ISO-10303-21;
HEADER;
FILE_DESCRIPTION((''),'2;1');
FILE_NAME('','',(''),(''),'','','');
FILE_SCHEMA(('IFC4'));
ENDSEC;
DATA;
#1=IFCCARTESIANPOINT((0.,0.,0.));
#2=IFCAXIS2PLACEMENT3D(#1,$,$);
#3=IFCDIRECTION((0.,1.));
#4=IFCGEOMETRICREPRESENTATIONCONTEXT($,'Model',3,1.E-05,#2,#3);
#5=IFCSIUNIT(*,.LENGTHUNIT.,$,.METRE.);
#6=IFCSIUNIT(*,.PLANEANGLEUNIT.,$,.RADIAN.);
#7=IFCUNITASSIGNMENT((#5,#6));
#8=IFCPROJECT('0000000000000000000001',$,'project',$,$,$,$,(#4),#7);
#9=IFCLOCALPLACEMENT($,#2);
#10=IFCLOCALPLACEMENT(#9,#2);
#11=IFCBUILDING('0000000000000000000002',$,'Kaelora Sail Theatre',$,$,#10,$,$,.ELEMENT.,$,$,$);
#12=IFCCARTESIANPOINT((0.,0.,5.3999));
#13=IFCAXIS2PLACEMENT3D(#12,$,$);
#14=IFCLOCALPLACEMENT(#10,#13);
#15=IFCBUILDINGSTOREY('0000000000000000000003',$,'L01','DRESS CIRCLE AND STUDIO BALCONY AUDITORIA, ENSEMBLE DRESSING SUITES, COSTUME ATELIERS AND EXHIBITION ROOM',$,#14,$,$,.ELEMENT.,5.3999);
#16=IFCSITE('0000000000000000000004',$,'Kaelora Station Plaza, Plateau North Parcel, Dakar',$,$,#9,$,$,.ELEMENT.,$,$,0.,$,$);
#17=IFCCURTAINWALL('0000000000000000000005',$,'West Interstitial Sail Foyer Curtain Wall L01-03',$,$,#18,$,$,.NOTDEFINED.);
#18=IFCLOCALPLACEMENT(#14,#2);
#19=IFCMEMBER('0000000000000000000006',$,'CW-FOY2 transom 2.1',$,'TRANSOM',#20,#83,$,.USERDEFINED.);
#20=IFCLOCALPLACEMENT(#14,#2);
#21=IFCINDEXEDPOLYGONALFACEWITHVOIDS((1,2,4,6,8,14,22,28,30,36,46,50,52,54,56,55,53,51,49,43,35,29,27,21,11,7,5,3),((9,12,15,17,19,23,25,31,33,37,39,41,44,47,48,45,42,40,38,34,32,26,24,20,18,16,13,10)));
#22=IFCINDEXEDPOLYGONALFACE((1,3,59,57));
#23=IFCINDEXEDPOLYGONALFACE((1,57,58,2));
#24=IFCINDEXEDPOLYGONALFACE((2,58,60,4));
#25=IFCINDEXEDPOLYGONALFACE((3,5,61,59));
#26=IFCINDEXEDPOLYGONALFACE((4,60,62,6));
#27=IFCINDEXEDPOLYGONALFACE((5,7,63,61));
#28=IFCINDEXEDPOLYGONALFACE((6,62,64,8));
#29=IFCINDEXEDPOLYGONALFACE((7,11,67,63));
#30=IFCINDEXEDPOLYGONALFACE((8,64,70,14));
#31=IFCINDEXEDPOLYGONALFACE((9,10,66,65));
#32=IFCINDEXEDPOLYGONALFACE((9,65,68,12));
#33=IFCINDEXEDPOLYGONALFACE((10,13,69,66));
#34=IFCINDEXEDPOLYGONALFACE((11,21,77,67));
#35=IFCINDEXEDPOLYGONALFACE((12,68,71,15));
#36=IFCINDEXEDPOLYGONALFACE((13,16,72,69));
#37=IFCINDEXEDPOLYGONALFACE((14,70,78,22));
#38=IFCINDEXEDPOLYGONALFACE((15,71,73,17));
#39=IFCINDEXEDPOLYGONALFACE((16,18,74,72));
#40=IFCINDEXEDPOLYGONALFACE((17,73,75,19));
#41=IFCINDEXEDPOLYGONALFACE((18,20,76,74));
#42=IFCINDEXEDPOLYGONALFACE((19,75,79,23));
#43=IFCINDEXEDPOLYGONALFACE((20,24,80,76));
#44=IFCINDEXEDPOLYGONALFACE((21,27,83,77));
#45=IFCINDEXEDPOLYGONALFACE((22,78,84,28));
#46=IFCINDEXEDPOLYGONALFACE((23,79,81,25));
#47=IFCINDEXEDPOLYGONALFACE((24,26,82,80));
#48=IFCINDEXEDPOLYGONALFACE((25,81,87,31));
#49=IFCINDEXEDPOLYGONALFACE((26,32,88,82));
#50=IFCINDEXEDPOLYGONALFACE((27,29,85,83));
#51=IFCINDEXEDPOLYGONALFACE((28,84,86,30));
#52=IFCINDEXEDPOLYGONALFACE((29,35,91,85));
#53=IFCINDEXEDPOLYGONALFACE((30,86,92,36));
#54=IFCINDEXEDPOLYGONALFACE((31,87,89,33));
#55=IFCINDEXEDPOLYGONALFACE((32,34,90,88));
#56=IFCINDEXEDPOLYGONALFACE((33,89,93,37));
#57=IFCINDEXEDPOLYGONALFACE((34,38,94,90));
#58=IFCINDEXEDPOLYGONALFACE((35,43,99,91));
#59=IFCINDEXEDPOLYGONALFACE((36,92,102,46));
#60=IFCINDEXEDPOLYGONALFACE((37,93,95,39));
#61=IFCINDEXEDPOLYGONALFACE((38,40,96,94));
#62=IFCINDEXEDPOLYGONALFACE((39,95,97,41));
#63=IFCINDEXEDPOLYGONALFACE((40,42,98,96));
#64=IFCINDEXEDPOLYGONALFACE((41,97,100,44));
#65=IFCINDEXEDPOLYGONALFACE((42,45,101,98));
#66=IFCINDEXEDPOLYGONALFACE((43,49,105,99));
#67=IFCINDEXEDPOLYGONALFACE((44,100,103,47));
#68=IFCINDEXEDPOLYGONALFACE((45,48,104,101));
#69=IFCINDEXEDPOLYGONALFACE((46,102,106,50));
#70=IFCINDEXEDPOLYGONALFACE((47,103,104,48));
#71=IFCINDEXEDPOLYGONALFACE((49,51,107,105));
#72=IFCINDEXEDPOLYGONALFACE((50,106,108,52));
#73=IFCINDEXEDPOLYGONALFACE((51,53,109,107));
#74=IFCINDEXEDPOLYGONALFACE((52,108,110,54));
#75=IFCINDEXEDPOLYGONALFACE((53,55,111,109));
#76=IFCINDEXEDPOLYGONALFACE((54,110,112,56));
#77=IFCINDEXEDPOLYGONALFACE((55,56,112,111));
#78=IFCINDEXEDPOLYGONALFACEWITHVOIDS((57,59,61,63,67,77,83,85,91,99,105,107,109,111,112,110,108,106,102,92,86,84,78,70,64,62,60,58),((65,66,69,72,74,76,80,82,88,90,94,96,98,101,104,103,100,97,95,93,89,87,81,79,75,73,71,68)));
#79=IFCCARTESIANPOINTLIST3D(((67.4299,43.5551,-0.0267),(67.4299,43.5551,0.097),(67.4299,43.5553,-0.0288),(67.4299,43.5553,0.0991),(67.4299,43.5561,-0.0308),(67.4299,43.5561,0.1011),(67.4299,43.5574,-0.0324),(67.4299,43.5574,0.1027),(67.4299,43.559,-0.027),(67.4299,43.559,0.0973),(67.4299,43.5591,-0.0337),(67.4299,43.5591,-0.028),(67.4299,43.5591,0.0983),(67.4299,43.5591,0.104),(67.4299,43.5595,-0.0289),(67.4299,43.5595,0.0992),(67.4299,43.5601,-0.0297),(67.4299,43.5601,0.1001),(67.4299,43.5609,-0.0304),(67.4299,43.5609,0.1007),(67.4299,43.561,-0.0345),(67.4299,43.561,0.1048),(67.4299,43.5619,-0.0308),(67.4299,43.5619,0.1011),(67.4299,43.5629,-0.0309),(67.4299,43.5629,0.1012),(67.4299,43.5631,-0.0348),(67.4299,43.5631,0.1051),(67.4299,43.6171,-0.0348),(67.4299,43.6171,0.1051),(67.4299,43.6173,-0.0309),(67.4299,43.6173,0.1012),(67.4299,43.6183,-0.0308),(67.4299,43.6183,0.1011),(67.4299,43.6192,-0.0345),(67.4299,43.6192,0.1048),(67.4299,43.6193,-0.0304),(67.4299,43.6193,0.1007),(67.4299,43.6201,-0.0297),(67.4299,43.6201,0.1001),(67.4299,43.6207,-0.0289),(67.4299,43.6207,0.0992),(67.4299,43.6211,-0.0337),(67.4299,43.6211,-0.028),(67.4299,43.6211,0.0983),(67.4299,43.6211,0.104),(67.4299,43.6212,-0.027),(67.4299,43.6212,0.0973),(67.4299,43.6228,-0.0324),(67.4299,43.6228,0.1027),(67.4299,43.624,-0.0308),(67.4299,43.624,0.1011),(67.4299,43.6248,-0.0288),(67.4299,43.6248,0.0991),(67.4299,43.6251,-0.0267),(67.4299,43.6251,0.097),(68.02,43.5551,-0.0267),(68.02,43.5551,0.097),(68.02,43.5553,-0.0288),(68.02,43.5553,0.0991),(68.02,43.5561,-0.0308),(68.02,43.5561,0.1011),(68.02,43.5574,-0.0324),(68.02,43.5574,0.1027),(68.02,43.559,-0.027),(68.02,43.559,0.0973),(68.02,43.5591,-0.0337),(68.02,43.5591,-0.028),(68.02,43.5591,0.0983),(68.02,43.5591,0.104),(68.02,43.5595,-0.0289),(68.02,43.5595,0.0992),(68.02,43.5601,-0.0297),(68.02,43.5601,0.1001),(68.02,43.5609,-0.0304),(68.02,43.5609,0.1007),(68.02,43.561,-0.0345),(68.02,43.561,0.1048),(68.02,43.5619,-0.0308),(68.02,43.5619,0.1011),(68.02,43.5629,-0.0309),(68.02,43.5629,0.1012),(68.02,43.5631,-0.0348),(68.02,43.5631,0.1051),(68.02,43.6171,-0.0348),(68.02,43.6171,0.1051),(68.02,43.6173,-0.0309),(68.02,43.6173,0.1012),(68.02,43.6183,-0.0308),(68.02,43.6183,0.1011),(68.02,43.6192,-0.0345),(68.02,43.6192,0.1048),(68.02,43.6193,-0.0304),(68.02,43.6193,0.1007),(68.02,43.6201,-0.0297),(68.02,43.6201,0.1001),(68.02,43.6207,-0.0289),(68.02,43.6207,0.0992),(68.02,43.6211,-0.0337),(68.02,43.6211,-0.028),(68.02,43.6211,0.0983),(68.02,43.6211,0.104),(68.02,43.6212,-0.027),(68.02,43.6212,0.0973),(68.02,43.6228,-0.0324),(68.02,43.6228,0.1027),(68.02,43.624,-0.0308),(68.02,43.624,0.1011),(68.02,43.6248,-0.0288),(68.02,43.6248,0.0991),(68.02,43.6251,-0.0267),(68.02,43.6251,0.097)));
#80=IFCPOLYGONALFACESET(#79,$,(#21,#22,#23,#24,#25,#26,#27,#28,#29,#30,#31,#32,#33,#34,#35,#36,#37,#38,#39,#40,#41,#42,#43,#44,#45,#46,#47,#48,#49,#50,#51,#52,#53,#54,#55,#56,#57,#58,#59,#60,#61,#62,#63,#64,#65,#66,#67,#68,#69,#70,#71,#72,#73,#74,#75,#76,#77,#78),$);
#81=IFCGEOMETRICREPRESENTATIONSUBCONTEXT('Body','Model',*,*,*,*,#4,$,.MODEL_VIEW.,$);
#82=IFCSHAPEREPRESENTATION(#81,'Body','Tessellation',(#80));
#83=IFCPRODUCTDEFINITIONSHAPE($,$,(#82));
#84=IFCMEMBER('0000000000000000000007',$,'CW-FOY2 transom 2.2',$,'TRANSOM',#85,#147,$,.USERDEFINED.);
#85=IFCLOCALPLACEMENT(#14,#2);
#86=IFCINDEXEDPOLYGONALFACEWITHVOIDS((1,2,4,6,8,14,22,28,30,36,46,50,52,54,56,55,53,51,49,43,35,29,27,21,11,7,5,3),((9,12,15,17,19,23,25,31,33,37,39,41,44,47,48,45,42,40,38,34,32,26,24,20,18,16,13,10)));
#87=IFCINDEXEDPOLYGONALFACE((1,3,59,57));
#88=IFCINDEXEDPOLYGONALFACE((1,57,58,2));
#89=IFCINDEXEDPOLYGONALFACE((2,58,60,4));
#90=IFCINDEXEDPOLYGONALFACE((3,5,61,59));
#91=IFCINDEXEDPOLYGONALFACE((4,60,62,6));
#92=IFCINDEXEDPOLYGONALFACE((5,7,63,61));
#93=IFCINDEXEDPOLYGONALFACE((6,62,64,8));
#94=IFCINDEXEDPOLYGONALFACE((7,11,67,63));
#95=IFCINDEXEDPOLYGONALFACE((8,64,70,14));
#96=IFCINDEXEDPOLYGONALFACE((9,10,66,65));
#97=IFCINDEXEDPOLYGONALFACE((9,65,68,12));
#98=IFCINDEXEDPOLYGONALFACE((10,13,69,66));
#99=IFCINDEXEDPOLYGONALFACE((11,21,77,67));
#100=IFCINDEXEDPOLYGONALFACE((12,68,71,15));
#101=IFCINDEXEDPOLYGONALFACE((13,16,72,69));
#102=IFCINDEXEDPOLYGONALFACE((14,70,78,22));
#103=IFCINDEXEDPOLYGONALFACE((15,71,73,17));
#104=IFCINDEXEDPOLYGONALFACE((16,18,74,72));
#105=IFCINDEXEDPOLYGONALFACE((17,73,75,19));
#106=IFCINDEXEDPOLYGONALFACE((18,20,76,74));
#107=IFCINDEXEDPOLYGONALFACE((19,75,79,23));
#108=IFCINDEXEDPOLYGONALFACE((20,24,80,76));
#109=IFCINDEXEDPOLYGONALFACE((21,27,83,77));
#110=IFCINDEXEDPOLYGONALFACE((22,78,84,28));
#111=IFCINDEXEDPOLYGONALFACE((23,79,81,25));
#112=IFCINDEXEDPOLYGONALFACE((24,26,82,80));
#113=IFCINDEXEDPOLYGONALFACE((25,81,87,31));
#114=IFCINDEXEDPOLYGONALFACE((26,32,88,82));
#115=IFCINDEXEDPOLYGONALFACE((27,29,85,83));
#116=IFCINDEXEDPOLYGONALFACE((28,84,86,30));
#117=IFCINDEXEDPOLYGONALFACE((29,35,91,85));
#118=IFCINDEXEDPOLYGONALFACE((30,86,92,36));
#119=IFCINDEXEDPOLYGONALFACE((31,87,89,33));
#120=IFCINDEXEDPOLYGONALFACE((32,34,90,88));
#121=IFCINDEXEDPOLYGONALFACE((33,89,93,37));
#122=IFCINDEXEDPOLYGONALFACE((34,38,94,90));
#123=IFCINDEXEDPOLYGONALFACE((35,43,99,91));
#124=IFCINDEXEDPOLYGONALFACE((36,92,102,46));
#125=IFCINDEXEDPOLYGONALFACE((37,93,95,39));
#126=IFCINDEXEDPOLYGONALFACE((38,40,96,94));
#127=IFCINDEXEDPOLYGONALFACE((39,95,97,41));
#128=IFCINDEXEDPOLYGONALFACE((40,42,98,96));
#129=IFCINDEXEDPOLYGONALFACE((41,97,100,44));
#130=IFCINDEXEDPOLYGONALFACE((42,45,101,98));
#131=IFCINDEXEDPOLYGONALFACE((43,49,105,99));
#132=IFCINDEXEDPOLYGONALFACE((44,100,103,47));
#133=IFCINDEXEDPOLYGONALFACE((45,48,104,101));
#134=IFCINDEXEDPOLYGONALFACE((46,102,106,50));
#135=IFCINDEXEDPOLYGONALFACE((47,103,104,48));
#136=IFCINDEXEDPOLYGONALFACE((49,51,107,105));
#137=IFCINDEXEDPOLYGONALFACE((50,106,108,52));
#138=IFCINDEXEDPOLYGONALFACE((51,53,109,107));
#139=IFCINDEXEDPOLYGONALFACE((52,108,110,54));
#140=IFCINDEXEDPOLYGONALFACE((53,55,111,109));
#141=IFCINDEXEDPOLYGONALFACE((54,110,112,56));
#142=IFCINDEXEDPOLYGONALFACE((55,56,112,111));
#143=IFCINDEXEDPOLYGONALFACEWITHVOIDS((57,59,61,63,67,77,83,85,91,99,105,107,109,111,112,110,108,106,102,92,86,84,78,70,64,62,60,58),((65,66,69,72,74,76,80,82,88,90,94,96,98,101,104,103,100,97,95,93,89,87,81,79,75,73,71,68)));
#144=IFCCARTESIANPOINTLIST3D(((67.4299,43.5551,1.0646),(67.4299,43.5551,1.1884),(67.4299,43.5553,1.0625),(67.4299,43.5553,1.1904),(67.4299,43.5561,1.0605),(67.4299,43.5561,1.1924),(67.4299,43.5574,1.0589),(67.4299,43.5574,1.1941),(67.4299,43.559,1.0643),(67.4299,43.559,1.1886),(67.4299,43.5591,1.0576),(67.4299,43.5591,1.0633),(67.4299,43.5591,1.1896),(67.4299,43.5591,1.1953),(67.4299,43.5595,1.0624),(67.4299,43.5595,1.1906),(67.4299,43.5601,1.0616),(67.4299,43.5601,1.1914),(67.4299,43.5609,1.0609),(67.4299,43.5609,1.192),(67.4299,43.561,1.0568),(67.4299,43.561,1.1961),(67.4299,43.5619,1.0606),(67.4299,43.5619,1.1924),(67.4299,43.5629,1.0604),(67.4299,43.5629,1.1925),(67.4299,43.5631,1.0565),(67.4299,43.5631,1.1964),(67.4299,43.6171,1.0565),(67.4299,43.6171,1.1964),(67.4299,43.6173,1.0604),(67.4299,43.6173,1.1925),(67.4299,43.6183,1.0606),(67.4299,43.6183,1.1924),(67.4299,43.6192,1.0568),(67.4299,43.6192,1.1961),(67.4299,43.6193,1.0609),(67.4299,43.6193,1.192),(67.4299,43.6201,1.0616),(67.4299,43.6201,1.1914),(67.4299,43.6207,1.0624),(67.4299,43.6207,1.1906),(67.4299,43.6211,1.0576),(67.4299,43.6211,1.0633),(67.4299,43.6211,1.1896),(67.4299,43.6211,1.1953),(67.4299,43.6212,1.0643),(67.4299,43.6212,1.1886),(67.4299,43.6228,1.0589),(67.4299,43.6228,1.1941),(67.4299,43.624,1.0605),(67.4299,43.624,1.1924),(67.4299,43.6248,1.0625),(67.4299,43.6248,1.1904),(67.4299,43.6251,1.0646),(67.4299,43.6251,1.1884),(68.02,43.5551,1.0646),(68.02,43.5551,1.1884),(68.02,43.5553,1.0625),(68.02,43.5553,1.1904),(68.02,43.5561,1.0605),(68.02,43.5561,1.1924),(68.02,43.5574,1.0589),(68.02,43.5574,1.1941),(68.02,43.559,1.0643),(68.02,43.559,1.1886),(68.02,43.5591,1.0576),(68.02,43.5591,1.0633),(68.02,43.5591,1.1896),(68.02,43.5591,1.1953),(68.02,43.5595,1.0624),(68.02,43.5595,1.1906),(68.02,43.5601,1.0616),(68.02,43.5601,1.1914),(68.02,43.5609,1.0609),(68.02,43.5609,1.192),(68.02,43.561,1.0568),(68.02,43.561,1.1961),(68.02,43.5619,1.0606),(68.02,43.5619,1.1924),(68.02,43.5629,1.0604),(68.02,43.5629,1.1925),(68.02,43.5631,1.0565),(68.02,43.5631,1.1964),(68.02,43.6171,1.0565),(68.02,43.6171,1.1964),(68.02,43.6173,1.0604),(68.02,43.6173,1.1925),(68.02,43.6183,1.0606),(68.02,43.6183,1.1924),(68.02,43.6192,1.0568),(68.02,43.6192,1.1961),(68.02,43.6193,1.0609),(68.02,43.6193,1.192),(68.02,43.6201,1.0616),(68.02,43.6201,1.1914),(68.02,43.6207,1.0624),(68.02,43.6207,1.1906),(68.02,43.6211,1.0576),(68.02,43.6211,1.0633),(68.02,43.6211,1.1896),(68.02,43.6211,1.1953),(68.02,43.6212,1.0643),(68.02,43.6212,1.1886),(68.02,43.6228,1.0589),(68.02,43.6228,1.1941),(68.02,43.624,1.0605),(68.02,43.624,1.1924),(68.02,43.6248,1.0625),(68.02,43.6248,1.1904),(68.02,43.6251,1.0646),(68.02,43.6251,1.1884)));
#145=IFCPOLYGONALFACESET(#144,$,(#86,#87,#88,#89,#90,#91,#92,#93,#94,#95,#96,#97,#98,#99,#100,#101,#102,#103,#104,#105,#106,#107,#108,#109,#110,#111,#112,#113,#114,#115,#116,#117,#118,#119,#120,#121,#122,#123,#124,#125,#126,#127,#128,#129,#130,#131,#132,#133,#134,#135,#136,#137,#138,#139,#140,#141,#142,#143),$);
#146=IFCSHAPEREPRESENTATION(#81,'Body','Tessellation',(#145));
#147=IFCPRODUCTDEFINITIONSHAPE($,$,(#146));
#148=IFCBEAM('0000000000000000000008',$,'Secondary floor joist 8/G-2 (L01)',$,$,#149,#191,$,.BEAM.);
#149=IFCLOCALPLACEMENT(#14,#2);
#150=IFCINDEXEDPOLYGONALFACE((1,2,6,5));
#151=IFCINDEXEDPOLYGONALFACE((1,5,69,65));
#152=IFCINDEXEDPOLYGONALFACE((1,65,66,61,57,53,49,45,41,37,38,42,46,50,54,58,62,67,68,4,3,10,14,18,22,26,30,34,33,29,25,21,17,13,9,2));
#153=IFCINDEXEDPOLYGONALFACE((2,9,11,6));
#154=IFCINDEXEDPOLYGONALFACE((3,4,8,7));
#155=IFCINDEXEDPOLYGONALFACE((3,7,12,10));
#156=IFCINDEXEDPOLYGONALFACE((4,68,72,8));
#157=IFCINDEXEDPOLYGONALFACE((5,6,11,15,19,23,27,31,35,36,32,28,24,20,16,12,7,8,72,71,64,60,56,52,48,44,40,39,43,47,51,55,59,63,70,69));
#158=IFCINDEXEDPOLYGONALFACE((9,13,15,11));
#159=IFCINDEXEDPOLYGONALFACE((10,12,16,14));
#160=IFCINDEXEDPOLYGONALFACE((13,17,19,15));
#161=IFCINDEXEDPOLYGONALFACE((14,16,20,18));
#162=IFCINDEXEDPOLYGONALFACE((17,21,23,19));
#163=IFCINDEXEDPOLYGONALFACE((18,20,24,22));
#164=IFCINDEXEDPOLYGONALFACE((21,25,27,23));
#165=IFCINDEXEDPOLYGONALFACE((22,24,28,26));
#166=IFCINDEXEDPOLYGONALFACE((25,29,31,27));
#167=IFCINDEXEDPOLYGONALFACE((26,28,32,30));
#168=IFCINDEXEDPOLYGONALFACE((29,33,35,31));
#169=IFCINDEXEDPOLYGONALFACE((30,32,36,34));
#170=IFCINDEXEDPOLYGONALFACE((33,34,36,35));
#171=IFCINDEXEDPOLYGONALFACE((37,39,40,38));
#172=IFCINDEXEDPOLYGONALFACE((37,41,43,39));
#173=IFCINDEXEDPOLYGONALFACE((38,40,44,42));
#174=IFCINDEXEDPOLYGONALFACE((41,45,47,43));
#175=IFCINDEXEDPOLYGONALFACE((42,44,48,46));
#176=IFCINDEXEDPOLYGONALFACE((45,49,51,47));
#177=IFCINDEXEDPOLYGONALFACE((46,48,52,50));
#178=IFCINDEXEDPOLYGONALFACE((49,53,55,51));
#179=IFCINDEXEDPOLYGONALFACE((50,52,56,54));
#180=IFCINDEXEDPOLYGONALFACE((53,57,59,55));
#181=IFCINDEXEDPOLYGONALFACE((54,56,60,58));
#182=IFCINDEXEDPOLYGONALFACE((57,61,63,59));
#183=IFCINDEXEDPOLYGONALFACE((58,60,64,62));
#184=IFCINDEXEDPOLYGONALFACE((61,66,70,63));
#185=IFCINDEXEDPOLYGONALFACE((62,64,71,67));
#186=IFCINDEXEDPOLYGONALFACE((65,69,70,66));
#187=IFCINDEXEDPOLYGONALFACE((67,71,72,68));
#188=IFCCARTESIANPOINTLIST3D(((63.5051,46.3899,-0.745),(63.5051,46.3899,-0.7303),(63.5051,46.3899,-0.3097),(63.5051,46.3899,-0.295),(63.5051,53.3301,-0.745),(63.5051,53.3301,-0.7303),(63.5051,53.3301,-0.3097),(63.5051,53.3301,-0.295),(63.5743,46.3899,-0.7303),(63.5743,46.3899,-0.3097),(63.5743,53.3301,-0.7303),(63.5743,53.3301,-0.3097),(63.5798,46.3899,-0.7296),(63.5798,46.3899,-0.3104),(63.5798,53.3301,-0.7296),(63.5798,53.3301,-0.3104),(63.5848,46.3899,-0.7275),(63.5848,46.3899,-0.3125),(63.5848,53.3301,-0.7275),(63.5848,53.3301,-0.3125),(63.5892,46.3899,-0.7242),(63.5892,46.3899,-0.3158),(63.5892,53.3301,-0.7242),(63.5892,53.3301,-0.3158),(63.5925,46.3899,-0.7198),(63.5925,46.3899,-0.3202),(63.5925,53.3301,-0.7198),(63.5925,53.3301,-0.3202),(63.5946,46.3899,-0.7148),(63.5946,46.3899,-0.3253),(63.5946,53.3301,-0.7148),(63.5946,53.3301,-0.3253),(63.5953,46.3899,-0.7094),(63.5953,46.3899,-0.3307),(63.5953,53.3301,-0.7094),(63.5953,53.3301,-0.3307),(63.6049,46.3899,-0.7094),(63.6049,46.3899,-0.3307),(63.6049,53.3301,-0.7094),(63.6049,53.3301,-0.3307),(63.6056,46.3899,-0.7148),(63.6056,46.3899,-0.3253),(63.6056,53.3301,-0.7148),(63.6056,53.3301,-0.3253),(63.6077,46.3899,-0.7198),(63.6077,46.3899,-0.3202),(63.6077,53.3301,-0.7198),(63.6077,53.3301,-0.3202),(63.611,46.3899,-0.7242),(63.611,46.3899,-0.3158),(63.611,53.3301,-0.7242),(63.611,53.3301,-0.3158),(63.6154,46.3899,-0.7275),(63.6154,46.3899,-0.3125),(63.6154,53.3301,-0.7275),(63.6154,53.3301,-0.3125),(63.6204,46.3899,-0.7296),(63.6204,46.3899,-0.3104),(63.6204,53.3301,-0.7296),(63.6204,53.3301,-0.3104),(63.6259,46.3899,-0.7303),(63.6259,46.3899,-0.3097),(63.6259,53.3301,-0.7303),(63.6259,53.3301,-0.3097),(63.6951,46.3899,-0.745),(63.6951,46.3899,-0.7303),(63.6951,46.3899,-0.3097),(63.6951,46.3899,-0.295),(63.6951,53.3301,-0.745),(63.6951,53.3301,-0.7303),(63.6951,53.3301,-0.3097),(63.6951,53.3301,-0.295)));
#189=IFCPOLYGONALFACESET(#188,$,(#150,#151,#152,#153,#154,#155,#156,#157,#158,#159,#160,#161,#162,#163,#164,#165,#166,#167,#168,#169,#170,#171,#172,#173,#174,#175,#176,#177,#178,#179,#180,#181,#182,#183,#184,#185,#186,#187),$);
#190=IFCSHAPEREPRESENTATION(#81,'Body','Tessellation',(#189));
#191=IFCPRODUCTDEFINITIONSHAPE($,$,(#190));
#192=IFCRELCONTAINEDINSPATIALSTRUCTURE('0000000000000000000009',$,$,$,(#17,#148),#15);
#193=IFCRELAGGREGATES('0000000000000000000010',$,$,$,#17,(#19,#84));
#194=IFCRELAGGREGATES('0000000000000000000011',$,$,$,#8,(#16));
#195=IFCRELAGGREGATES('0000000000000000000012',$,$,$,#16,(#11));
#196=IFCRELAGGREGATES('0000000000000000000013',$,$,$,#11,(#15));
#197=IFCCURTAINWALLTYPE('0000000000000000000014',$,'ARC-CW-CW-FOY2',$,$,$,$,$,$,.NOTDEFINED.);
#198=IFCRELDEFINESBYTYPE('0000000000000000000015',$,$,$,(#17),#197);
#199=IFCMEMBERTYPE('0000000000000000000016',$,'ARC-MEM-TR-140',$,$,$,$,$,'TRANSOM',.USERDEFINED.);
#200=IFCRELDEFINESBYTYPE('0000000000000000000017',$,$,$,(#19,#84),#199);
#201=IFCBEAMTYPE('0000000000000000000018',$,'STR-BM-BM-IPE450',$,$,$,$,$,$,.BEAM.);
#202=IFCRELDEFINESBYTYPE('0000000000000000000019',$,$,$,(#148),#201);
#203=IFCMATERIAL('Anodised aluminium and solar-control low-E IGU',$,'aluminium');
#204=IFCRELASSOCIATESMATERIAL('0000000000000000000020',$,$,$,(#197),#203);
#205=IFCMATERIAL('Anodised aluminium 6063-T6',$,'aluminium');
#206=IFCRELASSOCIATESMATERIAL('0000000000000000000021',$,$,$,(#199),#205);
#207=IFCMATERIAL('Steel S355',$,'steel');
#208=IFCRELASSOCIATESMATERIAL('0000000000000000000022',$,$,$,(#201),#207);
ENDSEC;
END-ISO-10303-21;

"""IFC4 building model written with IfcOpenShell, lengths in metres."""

from ifc_helpers import new_model, si_unit, direction, frame, origin, origin_2d, place, context, subcontext, project, spatial, hollow_rectangle, i_section, extrude, material, material_profile, profile_set, type_object, element, aggregate, save


model = new_model("IFC4")

# Units and contexts
model_context = context("Model", 3, precision=1e-05, world=origin(), true_north=direction((0.0, 1.0)))
body_context = subcontext(model_context, "Body", "Model", "MODEL_VIEW")
ifc_project = project(units=[si_unit("LENGTHUNIT", "METRE"), si_unit("PLANEANGLEUNIT", "RADIAN")], contexts=[model_context])

# Site, building, storey
site_placement = place(None, origin())
site = spatial("IfcSite", under=ifc_project, at=site_placement, Name="Kaelora Station Plaza, Plateau North Parcel, Dakar", CompositionType="ELEMENT", RefElevation=0.0)
building_placement = place(site_placement, origin())
building = spatial("IfcBuilding", under=site, at=building_placement, Name="Kaelora Sail Theatre", CompositionType="ELEMENT")
storey_placement = place(building_placement, frame((0.0, 0.0, 5.3999)))
storey = spatial("IfcBuildingStorey", under=building, at=storey_placement, Name="L01", Description="DRESS CIRCLE AND STUDIO BALCONY AUDITORIA, ENSEMBLE DRESSING SUITES, COSTUME ATELIERS AND EXHIBITION ROOM", CompositionType="ELEMENT", Elevation=5.3999)

# Curtain wall
ifc_material_1 = material(Name="Anodised aluminium and solar-control low-E IGU", Category="aluminium")
curtain_wall_type = type_object("IfcCurtainWallType", Name="ARC-CW-CW-FOY2", PredefinedType="NOTDEFINED", material=ifc_material_1)
curtain_wall_1_placement = place(storey_placement, origin())
curtain_wall_1 = element("IfcCurtainWall", 1, at=curtain_wall_1_placement, inside=storey, type_object=curtain_wall_type, Name="West Interstitial Sail Foyer Curtain Wall L01-03", PredefinedType="NOTDEFINED")

# Members
ifc_material_2 = material(Name="Anodised aluminium 6063-T6", Category="aluminium")
ifc_material_profile_1 = material_profile(ifc_material_2, hollow_rectangle(XDim=0.0701, YDim=0.1399, WallThickness=0.0039, InnerFilletRadius=0.0039, OuterFilletRadius=0.0081, at=origin_2d()), Name="ALU-TRAN 70x140x4")
ifc_profile_set_1 = profile_set([ifc_material_profile_1], Name="Anodised aluminium 6063-T6")
member_type_1 = type_object("IfcMemberType", Name="ARC-MEM-TR-140", ElementType="TRANSOM", PredefinedType="USERDEFINED", material=ifc_profile_set_1)
member_1_placement = place(storey_placement, frame((67.4299, 43.5901, 0.0352), z_axis=(1.0, 0.0, 0.0), x_axis=(0.0, 1.0, 0.0)))
member_1 = element("IfcMember", 2, at=member_1_placement, type_object=member_type_1, Name="CW-FOY2 transom 2.1", ObjectType="TRANSOM", PredefinedType="USERDEFINED", context=body_context, shape_type="SweptSolid", body=[
    extrude(hollow_rectangle(XDim=0.0701, YDim=0.1399, WallThickness=0.0039, InnerFilletRadius=0.0039, OuterFilletRadius=0.0081, at=origin_2d()), origin(), (0.0, 0.0, 1.0), 0.5901),
])
member_2_placement = place(storey_placement, frame((67.4299, 43.5901, 1.1265), z_axis=(1.0, 0.0, 0.0), x_axis=(0.0, 1.0, 0.0)))
member_2 = element("IfcMember", 3, at=member_2_placement, type_object=member_type_1, Name="CW-FOY2 transom 2.2", ObjectType="TRANSOM", PredefinedType="USERDEFINED", context=body_context, shape_type="SweptSolid", body=[
    extrude(hollow_rectangle(XDim=0.0701, YDim=0.1399, WallThickness=0.0039, InnerFilletRadius=0.0039, OuterFilletRadius=0.0081, at=origin_2d()), origin(), (0.0, 0.0, 1.0), 0.5901),
])

# Beam
ifc_material_3 = material(Name="Steel S355", Category="steel")
ifc_material_profile_2 = material_profile(ifc_material_3, i_section(OverallWidth=0.1899, OverallDepth=0.45, WebThickness=0.0095, FlangeThickness=0.0146, FilletRadius=0.021, at=origin_2d()), Name="IPE 450")
ifc_profile_set_2 = profile_set([ifc_material_profile_2], Name="Steel S355")
beam_type_1 = type_object("IfcBeamType", Name="STR-BM-BM-IPE450", PredefinedType="BEAM", material=ifc_profile_set_2)
beam_1_placement = place(storey_placement, frame((63.6001, 46.3899, -0.52), z_axis=(0.0, 1.0, 0.0), x_axis=(-1.0, 0.0, 0.0)))
element("IfcBeam", 4, at=beam_1_placement, inside=storey, type_object=beam_type_1, Name="Secondary floor joist 8/G-2 (L01)", PredefinedType="BEAM", context=body_context, shape_type="SweptSolid", body=[
    extrude(i_section(OverallWidth=0.1899, OverallDepth=0.45, WebThickness=0.0095, FlangeThickness=0.0146, FilletRadius=0.021, at=origin_2d()), origin(), (0.0, 0.0, 1.0), 6.9402),
])

aggregate(curtain_wall_1, [member_1, member_2])

save(model, "model.ifc")
